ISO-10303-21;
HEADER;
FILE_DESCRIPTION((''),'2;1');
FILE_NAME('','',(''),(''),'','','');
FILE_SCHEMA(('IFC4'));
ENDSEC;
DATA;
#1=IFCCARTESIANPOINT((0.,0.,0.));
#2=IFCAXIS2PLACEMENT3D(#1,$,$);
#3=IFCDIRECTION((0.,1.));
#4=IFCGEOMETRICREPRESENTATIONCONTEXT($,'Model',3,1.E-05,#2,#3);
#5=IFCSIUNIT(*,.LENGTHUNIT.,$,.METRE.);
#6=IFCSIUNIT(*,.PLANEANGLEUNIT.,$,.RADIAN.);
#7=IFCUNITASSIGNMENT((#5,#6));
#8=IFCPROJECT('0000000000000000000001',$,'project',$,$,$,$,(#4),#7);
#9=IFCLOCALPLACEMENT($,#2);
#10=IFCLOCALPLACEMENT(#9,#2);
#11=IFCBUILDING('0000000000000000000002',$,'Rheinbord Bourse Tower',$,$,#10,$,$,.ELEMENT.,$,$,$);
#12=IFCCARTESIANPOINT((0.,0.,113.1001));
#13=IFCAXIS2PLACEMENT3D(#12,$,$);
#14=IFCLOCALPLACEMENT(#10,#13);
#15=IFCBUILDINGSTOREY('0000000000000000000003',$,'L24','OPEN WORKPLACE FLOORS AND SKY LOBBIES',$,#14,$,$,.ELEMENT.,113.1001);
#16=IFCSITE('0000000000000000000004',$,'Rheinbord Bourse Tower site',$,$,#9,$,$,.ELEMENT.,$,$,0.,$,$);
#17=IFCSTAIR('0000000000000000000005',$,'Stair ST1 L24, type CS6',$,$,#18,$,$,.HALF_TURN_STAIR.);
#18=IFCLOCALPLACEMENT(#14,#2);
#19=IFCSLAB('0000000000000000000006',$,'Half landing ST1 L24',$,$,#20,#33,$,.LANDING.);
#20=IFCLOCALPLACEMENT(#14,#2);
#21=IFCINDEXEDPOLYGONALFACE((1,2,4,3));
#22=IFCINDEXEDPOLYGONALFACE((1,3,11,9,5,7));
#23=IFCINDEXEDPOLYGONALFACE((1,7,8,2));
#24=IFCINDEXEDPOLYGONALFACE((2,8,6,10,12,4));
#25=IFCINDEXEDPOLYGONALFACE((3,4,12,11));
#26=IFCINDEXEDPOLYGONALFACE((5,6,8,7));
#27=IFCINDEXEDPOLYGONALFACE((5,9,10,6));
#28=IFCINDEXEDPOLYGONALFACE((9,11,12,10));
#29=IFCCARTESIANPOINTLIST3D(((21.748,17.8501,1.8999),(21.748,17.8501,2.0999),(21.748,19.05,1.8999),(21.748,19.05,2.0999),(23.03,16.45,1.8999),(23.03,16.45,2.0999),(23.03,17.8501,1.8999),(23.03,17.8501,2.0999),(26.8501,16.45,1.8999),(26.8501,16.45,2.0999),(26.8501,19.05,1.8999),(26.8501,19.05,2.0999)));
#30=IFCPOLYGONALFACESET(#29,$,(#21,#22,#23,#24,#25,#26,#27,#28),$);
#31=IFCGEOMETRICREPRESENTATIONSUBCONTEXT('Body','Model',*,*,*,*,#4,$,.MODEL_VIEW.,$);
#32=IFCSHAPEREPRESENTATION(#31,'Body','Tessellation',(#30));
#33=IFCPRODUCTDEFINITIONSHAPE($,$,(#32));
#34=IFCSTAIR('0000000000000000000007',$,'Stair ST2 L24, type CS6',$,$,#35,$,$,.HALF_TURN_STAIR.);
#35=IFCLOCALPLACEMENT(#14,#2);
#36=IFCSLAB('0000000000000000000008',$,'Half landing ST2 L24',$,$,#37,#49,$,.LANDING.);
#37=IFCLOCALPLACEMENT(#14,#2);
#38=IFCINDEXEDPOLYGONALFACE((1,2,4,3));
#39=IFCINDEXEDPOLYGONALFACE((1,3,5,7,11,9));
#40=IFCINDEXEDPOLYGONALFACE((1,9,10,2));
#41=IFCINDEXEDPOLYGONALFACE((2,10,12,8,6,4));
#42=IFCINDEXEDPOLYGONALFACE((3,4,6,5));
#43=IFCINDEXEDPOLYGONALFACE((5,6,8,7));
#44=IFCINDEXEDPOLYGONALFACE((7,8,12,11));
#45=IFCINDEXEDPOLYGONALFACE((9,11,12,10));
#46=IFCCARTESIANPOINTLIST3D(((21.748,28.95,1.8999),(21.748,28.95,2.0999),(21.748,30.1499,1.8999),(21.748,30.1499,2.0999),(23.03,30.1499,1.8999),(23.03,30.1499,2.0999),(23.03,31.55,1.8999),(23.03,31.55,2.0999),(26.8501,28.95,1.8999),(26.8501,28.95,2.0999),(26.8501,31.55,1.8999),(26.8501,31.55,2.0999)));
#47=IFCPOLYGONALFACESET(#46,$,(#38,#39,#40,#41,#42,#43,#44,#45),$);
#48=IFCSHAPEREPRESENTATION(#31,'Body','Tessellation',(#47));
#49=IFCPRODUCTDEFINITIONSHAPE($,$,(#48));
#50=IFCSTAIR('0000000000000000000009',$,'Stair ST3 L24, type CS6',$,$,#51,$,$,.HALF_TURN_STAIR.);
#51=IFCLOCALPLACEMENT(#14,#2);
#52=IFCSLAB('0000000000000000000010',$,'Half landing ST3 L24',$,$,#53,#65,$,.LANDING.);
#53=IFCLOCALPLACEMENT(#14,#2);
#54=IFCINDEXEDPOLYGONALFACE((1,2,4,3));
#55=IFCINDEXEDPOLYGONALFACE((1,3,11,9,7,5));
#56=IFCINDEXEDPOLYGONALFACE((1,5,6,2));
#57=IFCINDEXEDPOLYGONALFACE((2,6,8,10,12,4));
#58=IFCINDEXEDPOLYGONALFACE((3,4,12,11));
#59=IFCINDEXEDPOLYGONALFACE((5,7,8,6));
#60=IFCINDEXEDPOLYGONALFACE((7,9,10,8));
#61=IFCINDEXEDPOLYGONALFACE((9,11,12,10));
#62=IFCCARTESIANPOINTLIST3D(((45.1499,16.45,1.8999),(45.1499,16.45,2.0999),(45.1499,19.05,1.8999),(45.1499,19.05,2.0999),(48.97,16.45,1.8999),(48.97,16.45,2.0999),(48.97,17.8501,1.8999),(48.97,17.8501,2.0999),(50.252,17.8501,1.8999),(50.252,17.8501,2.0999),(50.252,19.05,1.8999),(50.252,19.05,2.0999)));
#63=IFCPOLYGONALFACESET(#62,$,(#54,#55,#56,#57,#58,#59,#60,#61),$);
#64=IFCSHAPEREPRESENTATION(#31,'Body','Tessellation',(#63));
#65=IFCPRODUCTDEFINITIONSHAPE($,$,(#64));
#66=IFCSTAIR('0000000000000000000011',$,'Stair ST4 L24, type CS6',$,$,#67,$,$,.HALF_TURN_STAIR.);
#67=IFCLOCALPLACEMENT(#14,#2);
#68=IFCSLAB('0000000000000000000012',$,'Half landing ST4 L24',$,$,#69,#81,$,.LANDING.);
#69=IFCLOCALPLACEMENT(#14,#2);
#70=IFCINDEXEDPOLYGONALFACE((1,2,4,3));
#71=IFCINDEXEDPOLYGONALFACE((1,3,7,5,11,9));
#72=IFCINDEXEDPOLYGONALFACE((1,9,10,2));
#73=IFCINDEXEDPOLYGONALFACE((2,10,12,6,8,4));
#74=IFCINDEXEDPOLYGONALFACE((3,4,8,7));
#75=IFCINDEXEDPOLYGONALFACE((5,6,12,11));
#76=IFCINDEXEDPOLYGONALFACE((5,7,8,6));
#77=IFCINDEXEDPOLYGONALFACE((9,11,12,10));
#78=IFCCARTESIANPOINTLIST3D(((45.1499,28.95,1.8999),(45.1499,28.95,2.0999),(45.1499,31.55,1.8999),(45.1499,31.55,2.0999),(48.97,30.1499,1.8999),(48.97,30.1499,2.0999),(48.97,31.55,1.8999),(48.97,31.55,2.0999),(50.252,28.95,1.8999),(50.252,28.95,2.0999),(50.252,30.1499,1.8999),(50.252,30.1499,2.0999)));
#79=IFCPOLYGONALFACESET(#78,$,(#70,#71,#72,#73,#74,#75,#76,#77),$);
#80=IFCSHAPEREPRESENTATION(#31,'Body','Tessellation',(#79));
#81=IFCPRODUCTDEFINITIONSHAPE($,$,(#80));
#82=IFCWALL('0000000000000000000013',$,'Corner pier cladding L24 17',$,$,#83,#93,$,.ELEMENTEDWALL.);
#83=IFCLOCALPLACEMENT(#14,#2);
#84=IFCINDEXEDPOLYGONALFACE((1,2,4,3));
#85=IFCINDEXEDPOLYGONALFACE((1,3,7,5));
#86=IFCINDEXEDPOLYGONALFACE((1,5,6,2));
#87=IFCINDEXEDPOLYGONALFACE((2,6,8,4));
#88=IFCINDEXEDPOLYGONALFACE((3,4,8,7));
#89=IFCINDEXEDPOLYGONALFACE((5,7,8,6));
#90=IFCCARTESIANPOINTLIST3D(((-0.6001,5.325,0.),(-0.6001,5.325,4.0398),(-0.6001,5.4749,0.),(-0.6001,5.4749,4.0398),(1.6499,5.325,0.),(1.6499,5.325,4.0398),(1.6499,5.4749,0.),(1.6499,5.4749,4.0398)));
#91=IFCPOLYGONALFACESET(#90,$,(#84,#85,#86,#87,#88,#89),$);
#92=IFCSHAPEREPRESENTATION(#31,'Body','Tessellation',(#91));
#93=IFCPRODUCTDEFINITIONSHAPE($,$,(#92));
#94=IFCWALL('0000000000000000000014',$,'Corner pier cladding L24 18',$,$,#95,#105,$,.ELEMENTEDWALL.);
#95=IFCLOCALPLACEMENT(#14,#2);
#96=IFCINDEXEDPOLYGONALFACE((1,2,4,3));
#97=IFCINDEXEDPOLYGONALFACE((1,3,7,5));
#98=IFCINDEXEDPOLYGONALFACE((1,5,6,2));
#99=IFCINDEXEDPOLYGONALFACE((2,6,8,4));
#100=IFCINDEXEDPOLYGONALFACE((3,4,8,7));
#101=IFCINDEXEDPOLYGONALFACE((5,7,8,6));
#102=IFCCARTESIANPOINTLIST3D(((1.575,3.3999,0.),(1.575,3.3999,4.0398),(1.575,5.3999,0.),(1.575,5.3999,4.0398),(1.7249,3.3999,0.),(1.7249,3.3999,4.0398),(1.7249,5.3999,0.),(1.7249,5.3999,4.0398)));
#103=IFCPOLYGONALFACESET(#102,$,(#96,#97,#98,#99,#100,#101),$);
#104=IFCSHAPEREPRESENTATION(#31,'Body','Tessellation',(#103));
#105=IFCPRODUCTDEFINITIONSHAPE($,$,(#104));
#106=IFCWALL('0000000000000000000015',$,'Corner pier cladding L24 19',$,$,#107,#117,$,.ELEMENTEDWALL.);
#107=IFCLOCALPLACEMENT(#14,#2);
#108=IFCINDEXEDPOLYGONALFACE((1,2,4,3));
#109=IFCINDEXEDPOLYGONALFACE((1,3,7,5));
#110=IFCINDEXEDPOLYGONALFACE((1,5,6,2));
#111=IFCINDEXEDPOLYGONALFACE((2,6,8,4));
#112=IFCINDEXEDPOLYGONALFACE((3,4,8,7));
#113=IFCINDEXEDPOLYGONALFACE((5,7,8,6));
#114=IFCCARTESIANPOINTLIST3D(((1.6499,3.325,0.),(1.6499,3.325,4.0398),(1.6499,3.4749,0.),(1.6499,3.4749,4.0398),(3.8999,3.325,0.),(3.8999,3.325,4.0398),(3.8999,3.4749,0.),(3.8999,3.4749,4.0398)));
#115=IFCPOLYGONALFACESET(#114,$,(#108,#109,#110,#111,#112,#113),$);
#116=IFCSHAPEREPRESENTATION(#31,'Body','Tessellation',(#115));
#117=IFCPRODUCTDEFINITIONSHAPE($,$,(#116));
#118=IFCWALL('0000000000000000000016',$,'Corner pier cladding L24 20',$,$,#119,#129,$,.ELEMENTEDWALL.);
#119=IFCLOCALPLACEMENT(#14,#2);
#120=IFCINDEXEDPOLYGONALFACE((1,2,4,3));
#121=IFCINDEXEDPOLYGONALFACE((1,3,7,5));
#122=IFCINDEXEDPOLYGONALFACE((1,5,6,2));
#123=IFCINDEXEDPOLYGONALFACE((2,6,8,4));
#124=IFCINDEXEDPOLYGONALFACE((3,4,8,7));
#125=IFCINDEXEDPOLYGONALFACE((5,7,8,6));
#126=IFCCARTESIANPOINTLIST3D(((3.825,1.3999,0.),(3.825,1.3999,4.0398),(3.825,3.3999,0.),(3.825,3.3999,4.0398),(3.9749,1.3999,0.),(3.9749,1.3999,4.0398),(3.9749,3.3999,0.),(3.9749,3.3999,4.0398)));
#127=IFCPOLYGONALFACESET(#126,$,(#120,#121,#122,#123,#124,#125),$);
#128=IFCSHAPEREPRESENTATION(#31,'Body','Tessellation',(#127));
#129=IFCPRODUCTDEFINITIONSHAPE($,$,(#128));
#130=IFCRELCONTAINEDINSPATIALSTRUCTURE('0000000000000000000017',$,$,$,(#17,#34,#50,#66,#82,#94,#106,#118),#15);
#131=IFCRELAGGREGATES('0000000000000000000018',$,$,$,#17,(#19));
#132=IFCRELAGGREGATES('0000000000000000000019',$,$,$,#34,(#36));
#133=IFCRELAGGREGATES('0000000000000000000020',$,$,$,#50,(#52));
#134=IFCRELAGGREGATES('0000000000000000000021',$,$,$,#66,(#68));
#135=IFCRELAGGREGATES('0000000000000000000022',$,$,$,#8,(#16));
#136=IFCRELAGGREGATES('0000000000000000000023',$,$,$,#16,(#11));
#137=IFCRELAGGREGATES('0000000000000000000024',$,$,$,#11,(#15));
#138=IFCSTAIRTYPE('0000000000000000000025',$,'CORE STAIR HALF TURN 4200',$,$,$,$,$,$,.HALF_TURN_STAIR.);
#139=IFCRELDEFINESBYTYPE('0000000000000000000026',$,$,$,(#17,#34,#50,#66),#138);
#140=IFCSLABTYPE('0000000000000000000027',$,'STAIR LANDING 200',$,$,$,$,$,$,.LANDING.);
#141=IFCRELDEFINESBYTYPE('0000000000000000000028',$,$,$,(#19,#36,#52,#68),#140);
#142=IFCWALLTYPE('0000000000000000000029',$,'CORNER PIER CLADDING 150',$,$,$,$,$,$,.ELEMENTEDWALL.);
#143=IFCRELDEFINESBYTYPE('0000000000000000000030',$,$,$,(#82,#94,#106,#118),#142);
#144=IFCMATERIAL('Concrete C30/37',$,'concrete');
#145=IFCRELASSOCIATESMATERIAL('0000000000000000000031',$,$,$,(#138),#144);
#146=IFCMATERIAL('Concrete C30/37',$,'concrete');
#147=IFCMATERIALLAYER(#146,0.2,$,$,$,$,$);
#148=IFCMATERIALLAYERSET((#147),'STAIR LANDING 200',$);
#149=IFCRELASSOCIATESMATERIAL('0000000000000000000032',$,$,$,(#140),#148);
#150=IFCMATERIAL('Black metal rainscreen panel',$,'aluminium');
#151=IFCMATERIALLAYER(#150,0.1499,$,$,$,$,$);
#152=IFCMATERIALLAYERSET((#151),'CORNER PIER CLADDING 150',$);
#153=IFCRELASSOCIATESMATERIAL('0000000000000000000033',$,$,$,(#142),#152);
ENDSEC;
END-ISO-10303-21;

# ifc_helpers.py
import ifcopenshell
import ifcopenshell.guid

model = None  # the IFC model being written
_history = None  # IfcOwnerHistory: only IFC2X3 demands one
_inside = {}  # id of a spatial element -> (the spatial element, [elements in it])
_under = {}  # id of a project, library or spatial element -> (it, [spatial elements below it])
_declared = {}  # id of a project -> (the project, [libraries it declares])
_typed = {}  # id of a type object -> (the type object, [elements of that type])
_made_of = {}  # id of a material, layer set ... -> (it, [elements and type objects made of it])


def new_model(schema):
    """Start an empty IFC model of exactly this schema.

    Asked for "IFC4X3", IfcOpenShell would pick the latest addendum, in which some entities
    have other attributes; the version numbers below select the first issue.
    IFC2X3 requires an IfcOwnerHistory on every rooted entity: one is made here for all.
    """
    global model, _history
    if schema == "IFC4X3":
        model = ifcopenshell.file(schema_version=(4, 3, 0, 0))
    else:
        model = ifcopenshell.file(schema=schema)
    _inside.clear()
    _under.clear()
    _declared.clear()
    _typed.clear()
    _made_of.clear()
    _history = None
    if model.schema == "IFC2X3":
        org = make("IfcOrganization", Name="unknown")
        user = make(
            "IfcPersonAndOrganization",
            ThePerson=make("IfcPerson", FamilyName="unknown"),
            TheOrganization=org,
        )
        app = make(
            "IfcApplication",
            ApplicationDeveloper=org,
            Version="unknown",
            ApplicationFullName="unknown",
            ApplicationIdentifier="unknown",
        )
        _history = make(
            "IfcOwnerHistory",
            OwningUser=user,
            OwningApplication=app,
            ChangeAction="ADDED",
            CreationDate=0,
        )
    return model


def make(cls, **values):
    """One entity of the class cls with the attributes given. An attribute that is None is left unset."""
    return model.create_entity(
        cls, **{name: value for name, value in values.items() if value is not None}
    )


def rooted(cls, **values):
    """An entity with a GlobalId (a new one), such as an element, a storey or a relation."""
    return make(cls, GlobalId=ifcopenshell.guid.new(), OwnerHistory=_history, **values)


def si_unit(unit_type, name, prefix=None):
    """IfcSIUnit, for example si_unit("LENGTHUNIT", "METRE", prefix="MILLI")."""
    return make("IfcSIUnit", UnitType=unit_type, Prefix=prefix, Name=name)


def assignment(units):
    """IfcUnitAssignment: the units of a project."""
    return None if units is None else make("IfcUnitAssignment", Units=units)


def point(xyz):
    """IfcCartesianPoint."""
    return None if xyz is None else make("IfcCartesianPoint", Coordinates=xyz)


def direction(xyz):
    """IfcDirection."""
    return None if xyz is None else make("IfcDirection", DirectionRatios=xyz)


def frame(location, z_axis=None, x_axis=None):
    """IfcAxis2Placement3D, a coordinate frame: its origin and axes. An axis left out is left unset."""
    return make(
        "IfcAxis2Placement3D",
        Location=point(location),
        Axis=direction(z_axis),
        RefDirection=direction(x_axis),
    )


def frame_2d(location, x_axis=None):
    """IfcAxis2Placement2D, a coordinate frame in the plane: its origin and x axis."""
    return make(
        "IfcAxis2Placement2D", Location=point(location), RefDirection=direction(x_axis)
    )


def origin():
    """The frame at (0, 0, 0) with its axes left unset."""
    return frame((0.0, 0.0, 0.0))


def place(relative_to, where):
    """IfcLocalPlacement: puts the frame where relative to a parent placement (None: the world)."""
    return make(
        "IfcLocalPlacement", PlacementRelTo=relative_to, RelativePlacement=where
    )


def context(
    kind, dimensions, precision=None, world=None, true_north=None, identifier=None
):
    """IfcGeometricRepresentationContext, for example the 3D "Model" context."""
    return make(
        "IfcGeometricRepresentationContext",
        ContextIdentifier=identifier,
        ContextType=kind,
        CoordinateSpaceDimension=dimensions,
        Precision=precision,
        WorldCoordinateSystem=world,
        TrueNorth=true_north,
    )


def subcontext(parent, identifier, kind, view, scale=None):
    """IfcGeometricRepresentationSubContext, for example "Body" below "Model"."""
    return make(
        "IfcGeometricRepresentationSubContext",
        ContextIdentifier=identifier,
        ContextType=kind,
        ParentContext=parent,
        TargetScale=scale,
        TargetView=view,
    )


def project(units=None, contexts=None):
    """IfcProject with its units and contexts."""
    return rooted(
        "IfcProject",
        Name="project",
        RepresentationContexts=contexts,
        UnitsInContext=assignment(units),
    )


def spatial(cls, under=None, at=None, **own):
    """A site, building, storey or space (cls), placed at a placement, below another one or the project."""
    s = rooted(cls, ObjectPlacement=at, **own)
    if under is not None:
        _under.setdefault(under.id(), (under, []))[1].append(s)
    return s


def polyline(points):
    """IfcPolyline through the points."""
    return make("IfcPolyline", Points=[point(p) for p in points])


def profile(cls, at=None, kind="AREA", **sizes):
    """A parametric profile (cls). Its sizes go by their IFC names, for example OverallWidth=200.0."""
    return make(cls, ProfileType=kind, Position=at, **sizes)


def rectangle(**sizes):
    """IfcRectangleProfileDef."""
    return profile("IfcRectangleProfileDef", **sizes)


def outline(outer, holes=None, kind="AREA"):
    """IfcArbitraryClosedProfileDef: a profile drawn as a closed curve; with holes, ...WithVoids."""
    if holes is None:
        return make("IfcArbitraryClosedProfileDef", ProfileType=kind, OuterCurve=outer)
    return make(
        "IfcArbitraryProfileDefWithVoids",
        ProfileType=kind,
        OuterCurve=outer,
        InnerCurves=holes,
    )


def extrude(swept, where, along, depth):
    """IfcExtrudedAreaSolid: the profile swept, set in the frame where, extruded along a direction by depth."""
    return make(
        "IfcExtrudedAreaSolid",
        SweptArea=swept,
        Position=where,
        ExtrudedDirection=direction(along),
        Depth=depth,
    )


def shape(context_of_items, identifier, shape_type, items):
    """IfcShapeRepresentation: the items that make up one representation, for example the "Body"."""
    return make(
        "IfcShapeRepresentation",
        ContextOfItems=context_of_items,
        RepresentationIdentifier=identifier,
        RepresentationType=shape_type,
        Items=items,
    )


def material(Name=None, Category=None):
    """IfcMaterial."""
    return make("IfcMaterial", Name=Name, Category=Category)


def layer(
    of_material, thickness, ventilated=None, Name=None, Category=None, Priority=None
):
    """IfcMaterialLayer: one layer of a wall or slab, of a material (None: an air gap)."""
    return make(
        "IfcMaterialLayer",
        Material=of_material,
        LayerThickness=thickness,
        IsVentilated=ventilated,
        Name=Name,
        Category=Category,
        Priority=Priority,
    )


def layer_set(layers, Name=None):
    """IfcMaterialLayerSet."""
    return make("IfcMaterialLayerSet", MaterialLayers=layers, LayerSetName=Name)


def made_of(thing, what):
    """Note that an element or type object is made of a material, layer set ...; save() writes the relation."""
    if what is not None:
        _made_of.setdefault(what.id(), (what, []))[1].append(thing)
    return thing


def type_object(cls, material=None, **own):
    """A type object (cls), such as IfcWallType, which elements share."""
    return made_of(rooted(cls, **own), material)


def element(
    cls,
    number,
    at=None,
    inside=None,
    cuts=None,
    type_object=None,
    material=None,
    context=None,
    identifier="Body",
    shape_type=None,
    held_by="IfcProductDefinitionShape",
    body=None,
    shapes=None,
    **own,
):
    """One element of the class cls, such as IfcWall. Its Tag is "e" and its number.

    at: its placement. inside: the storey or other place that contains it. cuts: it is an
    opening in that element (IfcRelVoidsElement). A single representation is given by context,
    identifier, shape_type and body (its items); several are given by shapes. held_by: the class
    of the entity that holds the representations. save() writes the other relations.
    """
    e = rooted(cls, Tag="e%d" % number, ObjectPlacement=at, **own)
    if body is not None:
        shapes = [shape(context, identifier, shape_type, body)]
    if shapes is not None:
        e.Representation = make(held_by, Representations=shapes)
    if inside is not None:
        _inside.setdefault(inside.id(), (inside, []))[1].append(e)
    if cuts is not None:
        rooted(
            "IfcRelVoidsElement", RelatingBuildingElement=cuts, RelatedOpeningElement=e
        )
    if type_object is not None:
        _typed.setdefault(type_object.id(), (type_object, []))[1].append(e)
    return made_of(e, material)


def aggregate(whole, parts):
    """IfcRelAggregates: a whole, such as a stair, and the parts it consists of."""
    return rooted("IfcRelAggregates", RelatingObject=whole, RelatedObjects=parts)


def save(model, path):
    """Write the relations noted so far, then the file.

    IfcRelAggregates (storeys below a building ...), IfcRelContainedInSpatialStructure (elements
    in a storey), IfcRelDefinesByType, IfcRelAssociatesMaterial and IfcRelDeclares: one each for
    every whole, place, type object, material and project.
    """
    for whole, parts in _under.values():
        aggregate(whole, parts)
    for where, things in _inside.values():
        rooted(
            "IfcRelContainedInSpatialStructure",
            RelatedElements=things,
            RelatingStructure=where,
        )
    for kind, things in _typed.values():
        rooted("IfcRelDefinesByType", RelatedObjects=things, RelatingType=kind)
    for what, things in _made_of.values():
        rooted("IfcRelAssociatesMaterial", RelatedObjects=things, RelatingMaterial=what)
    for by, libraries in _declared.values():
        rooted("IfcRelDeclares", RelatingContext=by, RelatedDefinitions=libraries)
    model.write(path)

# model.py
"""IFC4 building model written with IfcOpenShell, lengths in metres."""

from ifc_helpers import new_model, si_unit, direction, frame, frame_2d, origin, place, context, subcontext, project, spatial, polyline, rectangle, outline, extrude, material, layer, layer_set, type_object, element, aggregate, save


model = new_model("IFC4")

# Units and contexts
model_context = context("Model", 3, precision=1e-05, world=origin(), true_north=direction((0.0, 1.0)))
body_context = subcontext(model_context, "Body", "Model", "MODEL_VIEW")
ifc_project = project(units=[si_unit("LENGTHUNIT", "METRE"), si_unit("PLANEANGLEUNIT", "RADIAN")], contexts=[model_context])

# Site, building, storey
site_placement = place(None, origin())
site = spatial("IfcSite", under=ifc_project, at=site_placement, Name="Rheinbord Bourse Tower site", CompositionType="ELEMENT", RefElevation=0.0)
building_placement = place(site_placement, origin())
building = spatial("IfcBuilding", under=site, at=building_placement, Name="Rheinbord Bourse Tower", CompositionType="ELEMENT")
storey_placement = place(building_placement, frame((0.0, 0.0, 113.1001)))
storey = spatial("IfcBuildingStorey", under=building, at=storey_placement, Name="L24", Description="OPEN WORKPLACE FLOORS AND SKY LOBBIES", CompositionType="ELEMENT", Elevation=113.1001)

# Stairs, slabs
ifc_material_1 = material(Name="Concrete C30/37", Category="concrete")
stair_type = type_object("IfcStairType", Name="CORE STAIR HALF TURN 4200", PredefinedType="HALF_TURN_STAIR", material=ifc_material_1)
stair_1_placement = place(storey_placement, origin())
stair_1 = element("IfcStair", 1, at=stair_1_placement, inside=storey, type_object=stair_type, Name="Stair ST1 L24, type CS6", PredefinedType="HALF_TURN_STAIR")
ifc_material_2 = material(Name="Concrete C30/37", Category="concrete")
ifc_layer_1 = layer(ifc_material_2, 0.2)
ifc_layer_set_1 = layer_set([ifc_layer_1], Name="STAIR LANDING 200")
slab_type_1 = type_object("IfcSlabType", Name="STAIR LANDING 200", PredefinedType="LANDING", material=ifc_layer_set_1)
slab_1_placement = place(storey_placement, frame((0.0, 0.0, 1.8999)))
slab_1 = element("IfcSlab", 2, at=slab_1_placement, type_object=slab_type_1, Name="Half landing ST1 L24", PredefinedType="LANDING", context=body_context, shape_type="SweptSolid", body=[
    extrude(outline(polyline([(23.03, 16.45), (26.8501, 16.45), (26.8501, 19.05), (21.748, 19.05), (21.748, 17.8501), (23.03, 17.8501), (23.03, 16.45)])), origin(), (0.0, 0.0, 1.0), 0.2),
])
aggregate(stair_1, [slab_1])
stair_2_placement = place(storey_placement, origin())
stair_2 = element("IfcStair", 3, at=stair_2_placement, inside=storey, type_object=stair_type, Name="Stair ST2 L24, type CS6", PredefinedType="HALF_TURN_STAIR")
slab_2_placement = place(storey_placement, frame((0.0, 0.0, 1.8999)))
slab_2 = element("IfcSlab", 4, at=slab_2_placement, type_object=slab_type_1, Name="Half landing ST2 L24", PredefinedType="LANDING", context=body_context, shape_type="SweptSolid", body=[
    extrude(outline(polyline([(21.748, 28.95), (26.8501, 28.95), (26.8501, 31.55), (23.03, 31.55), (23.03, 30.1499), (21.748, 30.1499), (21.748, 28.95)])), origin(), (0.0, 0.0, 1.0), 0.2),
])
aggregate(stair_2, [slab_2])
stair_3_placement = place(storey_placement, origin())
stair_3 = element("IfcStair", 5, at=stair_3_placement, inside=storey, type_object=stair_type, Name="Stair ST3 L24, type CS6", PredefinedType="HALF_TURN_STAIR")
slab_3_placement = place(storey_placement, frame((0.0, 0.0, 1.8999)))
slab_3 = element("IfcSlab", 6, at=slab_3_placement, type_object=slab_type_1, Name="Half landing ST3 L24", PredefinedType="LANDING", context=body_context, shape_type="SweptSolid", body=[
    extrude(outline(polyline([(45.1499, 16.45), (48.97, 16.45), (48.97, 17.8501), (50.252, 17.8501), (50.252, 19.05), (45.1499, 19.05), (45.1499, 16.45)])), origin(), (0.0, 0.0, 1.0), 0.2),
])
aggregate(stair_3, [slab_3])
stair_4_placement = place(storey_placement, origin())
stair_4 = element("IfcStair", 7, at=stair_4_placement, inside=storey, type_object=stair_type, Name="Stair ST4 L24, type CS6", PredefinedType="HALF_TURN_STAIR")
slab_4_placement = place(storey_placement, frame((0.0, 0.0, 1.8999)))
slab_4 = element("IfcSlab", 8, at=slab_4_placement, type_object=slab_type_1, Name="Half landing ST4 L24", PredefinedType="LANDING", context=body_context, shape_type="SweptSolid", body=[
    extrude(outline(polyline([(45.1499, 28.95), (50.252, 28.95), (50.252, 30.1499), (48.97, 30.1499), (48.97, 31.55), (45.1499, 31.55), (45.1499, 28.95)])), origin(), (0.0, 0.0, 1.0), 0.2),
])
aggregate(stair_4, [slab_4])

# Walls
ifc_material_3 = material(Name="Black metal rainscreen panel", Category="aluminium")
ifc_layer_2 = layer(ifc_material_3, 0.1499)
ifc_layer_set_2 = layer_set([ifc_layer_2], Name="CORNER PIER CLADDING 150")
wall_type = type_object("IfcWallType", Name="CORNER PIER CLADDING 150", PredefinedType="ELEMENTEDWALL", material=ifc_layer_set_2)
wall_1_placement = place(storey_placement, frame((-0.6001, 5.3999, 0.0), z_axis=(0.0, 0.0, 1.0), x_axis=(1.0, 0.0, 0.0)))
element("IfcWall", 9, at=wall_1_placement, inside=storey, type_object=wall_type, Name="Corner pier cladding L24 17", PredefinedType="ELEMENTEDWALL", context=body_context, shape_type="SweptSolid", body=[
    extrude(rectangle(XDim=2.25, YDim=0.1499, at=frame_2d((1.125, 0.0))), origin(), (0.0, 0.0, 1.0), 4.0398),
])
wall_2_placement = place(storey_placement, frame((1.6499, 5.3999, 0.0), z_axis=(0.0, 0.0, 1.0), x_axis=(0.0, -1.0, 0.0)))
element("IfcWall", 10, at=wall_2_placement, inside=storey, type_object=wall_type, Name="Corner pier cladding L24 18", PredefinedType="ELEMENTEDWALL", context=body_context, shape_type="SweptSolid", body=[
    extrude(rectangle(XDim=2.0, YDim=0.1499, at=frame_2d((1.0, 0.0))), origin(), (0.0, 0.0, 1.0), 4.0398),
])
wall_3_placement = place(storey_placement, frame((1.6499, 3.3999, 0.0), z_axis=(0.0, 0.0, 1.0), x_axis=(1.0, 0.0, 0.0)))
element("IfcWall", 11, at=wall_3_placement, inside=storey, type_object=wall_type, Name="Corner pier cladding L24 19", PredefinedType="ELEMENTEDWALL", context=body_context, shape_type="SweptSolid", body=[
    extrude(rectangle(XDim=2.25, YDim=0.1499, at=frame_2d((1.125, 0.0))), origin(), (0.0, 0.0, 1.0), 4.0398),
])
wall_4_placement = place(storey_placement, frame((3.8999, 3.3999, 0.0), z_axis=(0.0, 0.0, 1.0), x_axis=(0.0, -1.0, 0.0)))
element("IfcWall", 12, at=wall_4_placement, inside=storey, type_object=wall_type, Name="Corner pier cladding L24 20", PredefinedType="ELEMENTEDWALL", context=body_context, shape_type="SweptSolid", body=[
    extrude(rectangle(XDim=2.0, YDim=0.1499, at=frame_2d((1.0, 0.0))), origin(), (0.0, 0.0, 1.0), 4.0398),
])

save(model, "model.ifc")
